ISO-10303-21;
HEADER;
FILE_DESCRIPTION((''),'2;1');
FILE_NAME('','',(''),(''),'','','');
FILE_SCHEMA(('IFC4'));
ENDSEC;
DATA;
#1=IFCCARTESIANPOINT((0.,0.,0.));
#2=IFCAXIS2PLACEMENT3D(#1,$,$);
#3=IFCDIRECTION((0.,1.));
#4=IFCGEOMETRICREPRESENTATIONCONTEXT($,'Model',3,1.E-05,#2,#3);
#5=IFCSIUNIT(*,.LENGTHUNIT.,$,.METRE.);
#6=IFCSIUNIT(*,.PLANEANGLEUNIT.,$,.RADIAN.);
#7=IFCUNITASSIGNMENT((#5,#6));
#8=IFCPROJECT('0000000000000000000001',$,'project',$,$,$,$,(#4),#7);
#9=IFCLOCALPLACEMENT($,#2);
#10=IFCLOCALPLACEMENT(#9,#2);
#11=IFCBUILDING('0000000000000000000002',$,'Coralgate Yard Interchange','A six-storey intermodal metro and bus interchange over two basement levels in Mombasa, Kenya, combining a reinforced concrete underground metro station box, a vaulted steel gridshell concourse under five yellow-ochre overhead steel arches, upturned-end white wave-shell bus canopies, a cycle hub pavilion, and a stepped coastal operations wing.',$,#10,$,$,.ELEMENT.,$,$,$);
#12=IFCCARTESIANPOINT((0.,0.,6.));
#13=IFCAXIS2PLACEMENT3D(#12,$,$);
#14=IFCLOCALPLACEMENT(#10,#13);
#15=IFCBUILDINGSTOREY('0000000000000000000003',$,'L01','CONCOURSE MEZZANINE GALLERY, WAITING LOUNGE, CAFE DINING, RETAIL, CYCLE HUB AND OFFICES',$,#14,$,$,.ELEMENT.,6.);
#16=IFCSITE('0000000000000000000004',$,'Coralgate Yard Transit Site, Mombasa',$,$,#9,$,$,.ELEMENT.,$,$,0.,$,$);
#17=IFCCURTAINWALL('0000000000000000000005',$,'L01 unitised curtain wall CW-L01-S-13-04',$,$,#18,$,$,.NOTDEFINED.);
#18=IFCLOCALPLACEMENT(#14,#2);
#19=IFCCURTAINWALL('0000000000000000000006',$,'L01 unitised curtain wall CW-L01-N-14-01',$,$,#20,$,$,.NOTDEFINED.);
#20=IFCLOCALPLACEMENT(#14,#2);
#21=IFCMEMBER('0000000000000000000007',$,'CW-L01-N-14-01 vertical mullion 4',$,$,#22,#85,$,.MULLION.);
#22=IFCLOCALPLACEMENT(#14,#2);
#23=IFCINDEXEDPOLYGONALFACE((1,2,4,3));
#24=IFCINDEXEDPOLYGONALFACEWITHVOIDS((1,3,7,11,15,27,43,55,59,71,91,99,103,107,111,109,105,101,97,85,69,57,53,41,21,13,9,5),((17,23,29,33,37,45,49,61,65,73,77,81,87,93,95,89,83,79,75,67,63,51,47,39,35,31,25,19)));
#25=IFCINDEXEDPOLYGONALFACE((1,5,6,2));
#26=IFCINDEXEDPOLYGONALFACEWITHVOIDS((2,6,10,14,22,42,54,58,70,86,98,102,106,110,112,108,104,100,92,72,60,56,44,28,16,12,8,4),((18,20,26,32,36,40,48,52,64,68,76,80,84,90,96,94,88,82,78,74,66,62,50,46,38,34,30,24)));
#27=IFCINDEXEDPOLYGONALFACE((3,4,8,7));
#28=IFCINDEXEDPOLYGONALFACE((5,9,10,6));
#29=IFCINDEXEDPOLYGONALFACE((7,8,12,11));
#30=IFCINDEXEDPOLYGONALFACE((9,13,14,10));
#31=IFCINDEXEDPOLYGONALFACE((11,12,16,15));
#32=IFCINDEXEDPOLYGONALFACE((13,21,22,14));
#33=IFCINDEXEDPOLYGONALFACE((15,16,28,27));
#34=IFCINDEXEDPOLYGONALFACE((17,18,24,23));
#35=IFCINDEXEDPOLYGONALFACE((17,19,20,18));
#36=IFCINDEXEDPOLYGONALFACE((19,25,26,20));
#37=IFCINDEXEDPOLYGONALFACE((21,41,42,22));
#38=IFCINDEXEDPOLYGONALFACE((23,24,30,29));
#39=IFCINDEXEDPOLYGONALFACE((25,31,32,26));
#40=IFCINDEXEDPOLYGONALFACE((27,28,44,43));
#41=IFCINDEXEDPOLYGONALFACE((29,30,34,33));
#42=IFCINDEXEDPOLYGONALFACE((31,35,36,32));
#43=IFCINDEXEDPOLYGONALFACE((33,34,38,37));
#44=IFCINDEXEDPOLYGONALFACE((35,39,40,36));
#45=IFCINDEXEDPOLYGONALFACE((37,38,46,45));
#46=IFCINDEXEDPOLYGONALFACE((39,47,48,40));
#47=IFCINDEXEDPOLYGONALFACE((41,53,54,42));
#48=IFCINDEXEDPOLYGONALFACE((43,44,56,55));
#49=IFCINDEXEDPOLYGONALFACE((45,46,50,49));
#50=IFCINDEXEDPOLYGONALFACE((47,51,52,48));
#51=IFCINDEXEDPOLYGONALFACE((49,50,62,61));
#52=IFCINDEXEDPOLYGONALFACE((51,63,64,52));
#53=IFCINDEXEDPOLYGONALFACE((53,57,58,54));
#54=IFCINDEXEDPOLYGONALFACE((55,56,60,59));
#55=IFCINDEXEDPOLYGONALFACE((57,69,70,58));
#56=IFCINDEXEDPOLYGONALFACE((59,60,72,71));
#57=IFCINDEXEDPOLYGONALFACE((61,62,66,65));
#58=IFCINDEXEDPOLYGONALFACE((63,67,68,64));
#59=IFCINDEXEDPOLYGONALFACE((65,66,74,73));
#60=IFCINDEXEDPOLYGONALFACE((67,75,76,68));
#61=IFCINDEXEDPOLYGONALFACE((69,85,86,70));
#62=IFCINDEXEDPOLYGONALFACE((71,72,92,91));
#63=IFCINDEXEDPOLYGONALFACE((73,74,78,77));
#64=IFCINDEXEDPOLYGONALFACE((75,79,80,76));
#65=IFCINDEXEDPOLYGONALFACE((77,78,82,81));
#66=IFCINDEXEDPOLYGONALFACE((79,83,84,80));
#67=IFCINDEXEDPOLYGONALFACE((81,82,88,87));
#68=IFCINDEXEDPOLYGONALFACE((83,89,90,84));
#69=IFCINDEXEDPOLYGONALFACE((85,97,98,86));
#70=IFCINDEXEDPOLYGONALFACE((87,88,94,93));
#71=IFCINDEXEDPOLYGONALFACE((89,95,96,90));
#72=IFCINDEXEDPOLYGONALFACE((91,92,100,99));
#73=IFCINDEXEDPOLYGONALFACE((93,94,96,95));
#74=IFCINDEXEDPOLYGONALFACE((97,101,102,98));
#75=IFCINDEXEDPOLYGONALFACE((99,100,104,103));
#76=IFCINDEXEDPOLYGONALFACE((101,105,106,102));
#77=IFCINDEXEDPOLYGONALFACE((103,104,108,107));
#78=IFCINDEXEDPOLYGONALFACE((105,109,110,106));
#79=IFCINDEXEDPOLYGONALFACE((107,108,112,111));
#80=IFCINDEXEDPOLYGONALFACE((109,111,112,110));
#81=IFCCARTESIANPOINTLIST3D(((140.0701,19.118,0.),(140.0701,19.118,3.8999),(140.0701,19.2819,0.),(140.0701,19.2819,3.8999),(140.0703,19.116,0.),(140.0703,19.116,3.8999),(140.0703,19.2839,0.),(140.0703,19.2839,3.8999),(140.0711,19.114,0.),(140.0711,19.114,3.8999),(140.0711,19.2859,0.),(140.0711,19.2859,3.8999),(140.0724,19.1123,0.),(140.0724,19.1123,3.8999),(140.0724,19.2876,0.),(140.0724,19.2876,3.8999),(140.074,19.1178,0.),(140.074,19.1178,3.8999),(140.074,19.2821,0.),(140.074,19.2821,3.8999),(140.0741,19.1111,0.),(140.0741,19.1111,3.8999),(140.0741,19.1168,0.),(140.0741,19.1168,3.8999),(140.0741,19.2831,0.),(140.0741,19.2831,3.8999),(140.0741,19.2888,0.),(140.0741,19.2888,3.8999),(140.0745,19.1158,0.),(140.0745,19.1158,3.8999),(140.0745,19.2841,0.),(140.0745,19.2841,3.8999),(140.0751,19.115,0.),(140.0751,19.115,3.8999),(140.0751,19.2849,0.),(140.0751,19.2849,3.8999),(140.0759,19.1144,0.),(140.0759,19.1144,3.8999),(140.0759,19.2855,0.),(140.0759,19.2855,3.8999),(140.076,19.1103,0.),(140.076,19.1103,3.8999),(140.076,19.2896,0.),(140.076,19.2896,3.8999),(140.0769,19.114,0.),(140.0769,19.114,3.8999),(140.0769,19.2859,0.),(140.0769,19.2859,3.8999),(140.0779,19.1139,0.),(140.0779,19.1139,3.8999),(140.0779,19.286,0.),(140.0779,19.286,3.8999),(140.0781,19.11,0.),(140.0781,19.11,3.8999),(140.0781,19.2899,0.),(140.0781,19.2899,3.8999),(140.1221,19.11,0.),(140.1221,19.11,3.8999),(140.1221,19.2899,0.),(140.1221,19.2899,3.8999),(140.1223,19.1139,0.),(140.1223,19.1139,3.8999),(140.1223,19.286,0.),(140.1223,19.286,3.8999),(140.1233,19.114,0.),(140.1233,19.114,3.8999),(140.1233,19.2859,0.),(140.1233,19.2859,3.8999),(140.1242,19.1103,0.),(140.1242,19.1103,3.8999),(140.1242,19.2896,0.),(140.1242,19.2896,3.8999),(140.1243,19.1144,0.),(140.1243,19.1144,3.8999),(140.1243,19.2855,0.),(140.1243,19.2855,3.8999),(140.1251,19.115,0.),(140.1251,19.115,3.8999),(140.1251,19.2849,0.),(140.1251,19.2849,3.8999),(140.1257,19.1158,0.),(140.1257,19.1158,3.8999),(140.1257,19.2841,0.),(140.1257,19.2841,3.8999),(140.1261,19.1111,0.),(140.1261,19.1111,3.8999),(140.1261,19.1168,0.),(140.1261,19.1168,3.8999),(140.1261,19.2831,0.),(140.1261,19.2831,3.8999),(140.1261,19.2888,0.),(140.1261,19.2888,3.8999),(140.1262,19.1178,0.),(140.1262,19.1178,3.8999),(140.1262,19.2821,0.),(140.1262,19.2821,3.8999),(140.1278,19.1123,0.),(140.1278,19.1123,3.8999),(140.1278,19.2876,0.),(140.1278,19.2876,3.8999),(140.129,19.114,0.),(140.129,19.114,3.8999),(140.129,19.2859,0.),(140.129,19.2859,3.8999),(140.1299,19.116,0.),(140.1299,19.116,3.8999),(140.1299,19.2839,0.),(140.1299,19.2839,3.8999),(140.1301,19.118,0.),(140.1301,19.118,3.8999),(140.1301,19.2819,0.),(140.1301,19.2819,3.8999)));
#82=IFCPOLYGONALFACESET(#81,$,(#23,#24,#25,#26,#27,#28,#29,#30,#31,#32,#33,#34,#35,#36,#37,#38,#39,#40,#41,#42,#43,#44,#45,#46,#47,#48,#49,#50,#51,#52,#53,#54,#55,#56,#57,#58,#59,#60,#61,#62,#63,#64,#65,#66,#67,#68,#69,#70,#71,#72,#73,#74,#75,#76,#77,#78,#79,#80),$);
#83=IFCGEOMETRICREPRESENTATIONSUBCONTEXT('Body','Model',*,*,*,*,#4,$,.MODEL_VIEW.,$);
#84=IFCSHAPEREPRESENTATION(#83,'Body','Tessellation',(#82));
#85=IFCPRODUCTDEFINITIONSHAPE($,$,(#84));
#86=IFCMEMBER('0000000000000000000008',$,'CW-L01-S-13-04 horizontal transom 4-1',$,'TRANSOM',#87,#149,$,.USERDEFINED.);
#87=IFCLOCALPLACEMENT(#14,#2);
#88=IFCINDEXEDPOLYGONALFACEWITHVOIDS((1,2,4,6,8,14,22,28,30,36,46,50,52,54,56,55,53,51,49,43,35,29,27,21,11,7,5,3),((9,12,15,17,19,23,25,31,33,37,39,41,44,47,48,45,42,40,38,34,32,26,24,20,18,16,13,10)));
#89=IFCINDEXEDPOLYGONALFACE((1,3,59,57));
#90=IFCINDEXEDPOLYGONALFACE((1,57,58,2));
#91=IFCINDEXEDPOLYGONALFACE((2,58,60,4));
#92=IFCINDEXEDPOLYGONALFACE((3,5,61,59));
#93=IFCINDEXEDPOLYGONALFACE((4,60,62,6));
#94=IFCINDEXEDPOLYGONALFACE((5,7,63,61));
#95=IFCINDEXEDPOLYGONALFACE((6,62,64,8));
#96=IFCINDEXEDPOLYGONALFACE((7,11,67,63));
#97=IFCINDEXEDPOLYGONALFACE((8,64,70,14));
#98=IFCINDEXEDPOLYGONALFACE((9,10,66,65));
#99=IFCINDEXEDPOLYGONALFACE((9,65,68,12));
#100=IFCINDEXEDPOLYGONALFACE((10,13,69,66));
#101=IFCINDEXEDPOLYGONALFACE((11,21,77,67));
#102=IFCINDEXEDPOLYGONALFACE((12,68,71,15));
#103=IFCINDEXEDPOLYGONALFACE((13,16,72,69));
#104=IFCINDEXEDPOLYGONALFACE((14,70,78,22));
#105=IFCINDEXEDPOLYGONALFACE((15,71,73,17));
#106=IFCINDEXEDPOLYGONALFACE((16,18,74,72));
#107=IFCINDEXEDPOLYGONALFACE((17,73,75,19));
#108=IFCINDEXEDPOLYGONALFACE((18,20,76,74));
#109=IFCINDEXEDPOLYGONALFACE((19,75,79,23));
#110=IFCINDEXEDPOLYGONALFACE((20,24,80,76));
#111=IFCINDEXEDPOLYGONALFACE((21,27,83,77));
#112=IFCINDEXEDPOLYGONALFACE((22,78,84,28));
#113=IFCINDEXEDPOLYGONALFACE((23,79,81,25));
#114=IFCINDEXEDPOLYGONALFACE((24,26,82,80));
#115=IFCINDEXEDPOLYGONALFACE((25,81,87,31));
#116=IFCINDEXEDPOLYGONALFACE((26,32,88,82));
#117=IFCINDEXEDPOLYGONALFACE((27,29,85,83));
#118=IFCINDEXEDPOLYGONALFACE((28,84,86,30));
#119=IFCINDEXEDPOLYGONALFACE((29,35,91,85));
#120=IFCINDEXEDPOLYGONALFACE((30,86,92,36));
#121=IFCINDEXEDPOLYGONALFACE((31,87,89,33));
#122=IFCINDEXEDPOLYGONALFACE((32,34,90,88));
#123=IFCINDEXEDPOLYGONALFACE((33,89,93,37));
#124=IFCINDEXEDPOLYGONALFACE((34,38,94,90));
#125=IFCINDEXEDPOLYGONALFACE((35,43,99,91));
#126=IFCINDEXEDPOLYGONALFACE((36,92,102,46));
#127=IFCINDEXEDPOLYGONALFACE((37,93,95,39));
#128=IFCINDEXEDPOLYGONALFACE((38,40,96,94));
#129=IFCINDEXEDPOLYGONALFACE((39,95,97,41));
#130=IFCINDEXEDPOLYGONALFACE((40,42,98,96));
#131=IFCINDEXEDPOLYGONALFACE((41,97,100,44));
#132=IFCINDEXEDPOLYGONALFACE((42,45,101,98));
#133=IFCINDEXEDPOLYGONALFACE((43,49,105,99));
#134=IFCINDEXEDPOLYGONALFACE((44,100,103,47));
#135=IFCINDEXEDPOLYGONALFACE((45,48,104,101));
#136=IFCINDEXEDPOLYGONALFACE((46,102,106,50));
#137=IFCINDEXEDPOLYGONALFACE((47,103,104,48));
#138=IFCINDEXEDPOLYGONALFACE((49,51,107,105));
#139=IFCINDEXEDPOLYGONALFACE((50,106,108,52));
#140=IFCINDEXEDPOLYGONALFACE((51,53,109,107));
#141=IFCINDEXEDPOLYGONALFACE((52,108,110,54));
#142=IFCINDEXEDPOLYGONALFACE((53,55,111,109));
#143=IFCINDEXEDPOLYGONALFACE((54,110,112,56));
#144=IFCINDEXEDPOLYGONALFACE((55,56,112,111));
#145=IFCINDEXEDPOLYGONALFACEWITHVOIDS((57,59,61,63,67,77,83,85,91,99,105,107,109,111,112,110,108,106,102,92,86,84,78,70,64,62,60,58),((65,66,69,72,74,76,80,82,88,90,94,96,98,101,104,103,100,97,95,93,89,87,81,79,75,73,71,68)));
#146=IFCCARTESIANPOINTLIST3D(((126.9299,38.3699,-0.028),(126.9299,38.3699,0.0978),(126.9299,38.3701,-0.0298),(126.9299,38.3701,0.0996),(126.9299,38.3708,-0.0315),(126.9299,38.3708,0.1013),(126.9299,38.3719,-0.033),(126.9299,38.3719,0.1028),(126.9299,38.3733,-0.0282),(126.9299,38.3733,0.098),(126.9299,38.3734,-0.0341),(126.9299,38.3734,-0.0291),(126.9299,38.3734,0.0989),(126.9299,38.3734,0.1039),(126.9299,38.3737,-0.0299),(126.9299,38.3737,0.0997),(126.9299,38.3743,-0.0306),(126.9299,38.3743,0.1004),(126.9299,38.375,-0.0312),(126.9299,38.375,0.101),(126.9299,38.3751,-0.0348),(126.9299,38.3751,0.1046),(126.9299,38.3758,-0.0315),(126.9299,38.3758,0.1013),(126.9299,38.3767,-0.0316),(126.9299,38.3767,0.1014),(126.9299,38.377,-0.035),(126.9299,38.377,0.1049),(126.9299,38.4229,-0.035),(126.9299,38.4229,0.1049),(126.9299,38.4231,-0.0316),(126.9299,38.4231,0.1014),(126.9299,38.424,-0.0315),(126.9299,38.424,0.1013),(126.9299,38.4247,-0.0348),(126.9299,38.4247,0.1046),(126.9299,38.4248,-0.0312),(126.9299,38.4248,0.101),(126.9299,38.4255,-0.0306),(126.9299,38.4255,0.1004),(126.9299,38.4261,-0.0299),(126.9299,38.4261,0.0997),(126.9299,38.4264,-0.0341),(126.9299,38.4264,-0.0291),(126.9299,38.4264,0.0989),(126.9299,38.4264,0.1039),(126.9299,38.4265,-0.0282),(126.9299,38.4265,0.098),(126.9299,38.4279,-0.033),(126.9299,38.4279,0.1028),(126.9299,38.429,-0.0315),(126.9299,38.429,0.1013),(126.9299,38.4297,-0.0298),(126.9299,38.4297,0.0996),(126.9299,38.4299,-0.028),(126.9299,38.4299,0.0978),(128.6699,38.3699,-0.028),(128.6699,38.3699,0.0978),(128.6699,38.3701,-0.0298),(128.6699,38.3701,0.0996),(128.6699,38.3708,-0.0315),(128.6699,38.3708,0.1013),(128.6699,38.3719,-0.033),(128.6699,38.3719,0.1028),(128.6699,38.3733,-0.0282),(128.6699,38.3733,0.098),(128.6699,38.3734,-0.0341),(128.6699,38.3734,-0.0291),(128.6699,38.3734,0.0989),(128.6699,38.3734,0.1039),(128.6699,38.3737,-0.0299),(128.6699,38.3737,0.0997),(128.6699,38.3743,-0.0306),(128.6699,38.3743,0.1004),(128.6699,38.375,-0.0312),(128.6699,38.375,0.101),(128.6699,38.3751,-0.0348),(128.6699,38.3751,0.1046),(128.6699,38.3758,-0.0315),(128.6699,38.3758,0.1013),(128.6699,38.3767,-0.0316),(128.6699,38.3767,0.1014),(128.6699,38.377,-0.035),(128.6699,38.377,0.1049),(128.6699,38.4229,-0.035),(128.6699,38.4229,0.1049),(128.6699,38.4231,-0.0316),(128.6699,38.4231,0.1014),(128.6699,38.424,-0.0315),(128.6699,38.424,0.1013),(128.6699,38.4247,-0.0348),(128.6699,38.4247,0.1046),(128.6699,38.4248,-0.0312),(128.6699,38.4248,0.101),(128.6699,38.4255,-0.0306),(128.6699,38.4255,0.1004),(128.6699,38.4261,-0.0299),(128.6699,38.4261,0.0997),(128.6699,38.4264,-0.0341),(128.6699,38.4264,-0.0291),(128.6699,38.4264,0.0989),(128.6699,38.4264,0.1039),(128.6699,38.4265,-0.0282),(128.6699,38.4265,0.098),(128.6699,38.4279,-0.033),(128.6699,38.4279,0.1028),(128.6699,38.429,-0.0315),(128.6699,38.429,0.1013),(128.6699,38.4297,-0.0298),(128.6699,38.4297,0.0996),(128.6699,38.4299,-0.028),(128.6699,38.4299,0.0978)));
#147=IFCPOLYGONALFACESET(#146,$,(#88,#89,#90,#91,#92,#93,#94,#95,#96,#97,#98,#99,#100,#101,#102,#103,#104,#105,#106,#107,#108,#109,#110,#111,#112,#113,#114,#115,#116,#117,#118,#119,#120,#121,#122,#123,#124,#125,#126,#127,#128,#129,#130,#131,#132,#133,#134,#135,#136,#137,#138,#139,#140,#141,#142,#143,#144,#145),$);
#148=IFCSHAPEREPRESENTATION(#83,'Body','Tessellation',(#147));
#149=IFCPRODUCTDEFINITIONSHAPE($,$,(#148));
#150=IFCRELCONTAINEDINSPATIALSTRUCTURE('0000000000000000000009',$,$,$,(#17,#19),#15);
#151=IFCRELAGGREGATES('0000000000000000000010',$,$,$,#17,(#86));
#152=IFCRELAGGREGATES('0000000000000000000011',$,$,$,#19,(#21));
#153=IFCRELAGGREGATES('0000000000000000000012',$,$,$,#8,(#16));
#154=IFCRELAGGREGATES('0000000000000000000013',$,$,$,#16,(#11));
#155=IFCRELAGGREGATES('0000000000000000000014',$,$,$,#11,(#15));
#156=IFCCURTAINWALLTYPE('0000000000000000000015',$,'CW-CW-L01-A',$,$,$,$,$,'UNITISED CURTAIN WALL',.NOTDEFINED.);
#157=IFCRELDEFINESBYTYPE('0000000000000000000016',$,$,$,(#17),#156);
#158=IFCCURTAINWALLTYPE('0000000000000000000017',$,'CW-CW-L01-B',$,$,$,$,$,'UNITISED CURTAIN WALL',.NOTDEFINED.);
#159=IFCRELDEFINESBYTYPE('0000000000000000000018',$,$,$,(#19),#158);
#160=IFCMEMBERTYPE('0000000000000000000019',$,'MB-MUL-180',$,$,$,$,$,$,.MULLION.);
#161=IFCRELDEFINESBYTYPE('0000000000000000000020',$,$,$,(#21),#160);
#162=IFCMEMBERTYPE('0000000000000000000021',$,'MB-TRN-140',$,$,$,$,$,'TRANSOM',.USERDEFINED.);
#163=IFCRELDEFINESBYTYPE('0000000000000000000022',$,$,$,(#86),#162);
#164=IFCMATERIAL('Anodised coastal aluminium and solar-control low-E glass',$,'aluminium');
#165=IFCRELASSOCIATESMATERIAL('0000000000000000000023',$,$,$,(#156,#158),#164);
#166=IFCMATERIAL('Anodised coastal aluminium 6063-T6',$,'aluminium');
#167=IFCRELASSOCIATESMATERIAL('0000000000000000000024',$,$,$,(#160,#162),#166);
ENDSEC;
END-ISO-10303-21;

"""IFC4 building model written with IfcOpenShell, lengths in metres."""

from ifc_helpers import new_model, si_unit, direction, frame, origin, origin_2d, place, context, subcontext, project, spatial, hollow_rectangle, extrude, material, material_profile, profile_set, type_object, element, aggregate, save


model = new_model("IFC4")

# Units and contexts
model_context = context("Model", 3, precision=1e-05, world=origin(), true_north=direction((0.0, 1.0)))
body_context = subcontext(model_context, "Body", "Model", "MODEL_VIEW")
ifc_project = project(units=[si_unit("LENGTHUNIT", "METRE"), si_unit("PLANEANGLEUNIT", "RADIAN")], contexts=[model_context])

# Site, building, storey
site_placement = place(None, origin())
site = spatial("IfcSite", under=ifc_project, at=site_placement, Name="Coralgate Yard Transit Site, Mombasa", CompositionType="ELEMENT", RefElevation=0.0)
building_placement = place(site_placement, origin())
building = spatial("IfcBuilding", under=site, at=building_placement, Name="Coralgate Yard Interchange", Description="A six-storey intermodal metro and bus interchange over two basement levels in Mombasa, Kenya, combining a reinforced concrete underground metro station box, a vaulted steel gridshell concourse under five yellow-ochre overhead steel arches, upturned-end white wave-shell bus canopies, a cycle hub pavilion, and a stepped coastal operations wing.", CompositionType="ELEMENT")
storey_placement = place(building_placement, frame((0.0, 0.0, 6.0)))
storey = spatial("IfcBuildingStorey", under=building, at=storey_placement, Name="L01", Description="CONCOURSE MEZZANINE GALLERY, WAITING LOUNGE, CAFE DINING, RETAIL, CYCLE HUB AND OFFICES", CompositionType="ELEMENT", Elevation=6.0)

# Curtain walls, member
ifc_material_1 = material(Name="Anodised coastal aluminium and solar-control low-E glass", Category="aluminium")
curtain_wall_type_1 = type_object("IfcCurtainWallType", Name="CW-CW-L01-A", ElementType="UNITISED CURTAIN WALL", PredefinedType="NOTDEFINED", material=ifc_material_1)
curtain_wall_1_placement = place(storey_placement, origin())
curtain_wall_1 = element("IfcCurtainWall", 1, at=curtain_wall_1_placement, inside=storey, type_object=curtain_wall_type_1, Name="L01 unitised curtain wall CW-L01-S-13-04", PredefinedType="NOTDEFINED")
ifc_material_2 = material(Name="Anodised coastal aluminium 6063-T6", Category="aluminium")
ifc_material_profile_1 = material_profile(ifc_material_2, hollow_rectangle(XDim=0.0601, YDim=0.1799, WallThickness=0.0039, InnerFilletRadius=0.0039, OuterFilletRadius=0.0081, at=origin_2d()), Name="ALU 60x180x4")
ifc_profile_set_1 = profile_set([ifc_material_profile_1], Name="Anodised coastal aluminium 6063-T6")
member_type_1 = type_object("IfcMemberType", Name="MB-MUL-180", PredefinedType="MULLION", material=ifc_profile_set_1)
curtain_wall_type_2 = type_object("IfcCurtainWallType", Name="CW-CW-L01-B", ElementType="UNITISED CURTAIN WALL", PredefinedType="NOTDEFINED", material=ifc_material_1)
curtain_wall_2_placement = place(storey_placement, origin())
curtain_wall_2 = element("IfcCurtainWall", 2, at=curtain_wall_2_placement, inside=storey, type_object=curtain_wall_type_2, Name="L01 unitised curtain wall CW-L01-N-14-01", PredefinedType="NOTDEFINED")
member_1_placement = place(storey_placement, frame((140.1001, 19.2, 0.0), z_axis=(0.0, 0.0, 1.0), x_axis=(1.0, 0.0, 0.0)))
member_1 = element("IfcMember", 3, at=member_1_placement, type_object=member_type_1, Name="CW-L01-N-14-01 vertical mullion 4", PredefinedType="MULLION", context=body_context, shape_type="SweptSolid", body=[
    extrude(hollow_rectangle(XDim=0.0601, YDim=0.1799, WallThickness=0.0039, InnerFilletRadius=0.0039, OuterFilletRadius=0.0081, at=origin_2d()), origin(), (0.0, 0.0, 1.0), 3.8999),
])

# Member
ifc_material_profile_2 = material_profile(ifc_material_2, hollow_rectangle(XDim=0.0601, YDim=0.1399, WallThickness=0.0034, InnerFilletRadius=0.0034, OuterFilletRadius=0.0071, at=origin_2d()), Name="ALU 60x140x3.5")
ifc_profile_set_2 = profile_set([ifc_material_profile_2], Name="Anodised coastal aluminium 6063-T6")
member_type_2 = type_object("IfcMemberType", Name="MB-TRN-140", ElementType="TRANSOM", PredefinedType="USERDEFINED", material=ifc_profile_set_2)
member_2_placement = place(storey_placement, frame((128.6699, 38.3999, 0.0349), z_axis=(-1.0, 0.0, 0.0), x_axis=(0.0, -1.0, 0.0)))
member_2 = element("IfcMember", 4, at=member_2_placement, type_object=member_type_2, Name="CW-L01-S-13-04 horizontal transom 4-1", ObjectType="TRANSOM", PredefinedType="USERDEFINED", context=body_context, shape_type="SweptSolid", body=[
    extrude(hollow_rectangle(XDim=0.0601, YDim=0.1399, WallThickness=0.0034, InnerFilletRadius=0.0034, OuterFilletRadius=0.0071, at=origin_2d()), origin(), (0.0, 0.0, 1.0), 1.74),
])

aggregate(curtain_wall_1, [member_2])
aggregate(curtain_wall_2, [member_1])

save(model, "model.ifc")
